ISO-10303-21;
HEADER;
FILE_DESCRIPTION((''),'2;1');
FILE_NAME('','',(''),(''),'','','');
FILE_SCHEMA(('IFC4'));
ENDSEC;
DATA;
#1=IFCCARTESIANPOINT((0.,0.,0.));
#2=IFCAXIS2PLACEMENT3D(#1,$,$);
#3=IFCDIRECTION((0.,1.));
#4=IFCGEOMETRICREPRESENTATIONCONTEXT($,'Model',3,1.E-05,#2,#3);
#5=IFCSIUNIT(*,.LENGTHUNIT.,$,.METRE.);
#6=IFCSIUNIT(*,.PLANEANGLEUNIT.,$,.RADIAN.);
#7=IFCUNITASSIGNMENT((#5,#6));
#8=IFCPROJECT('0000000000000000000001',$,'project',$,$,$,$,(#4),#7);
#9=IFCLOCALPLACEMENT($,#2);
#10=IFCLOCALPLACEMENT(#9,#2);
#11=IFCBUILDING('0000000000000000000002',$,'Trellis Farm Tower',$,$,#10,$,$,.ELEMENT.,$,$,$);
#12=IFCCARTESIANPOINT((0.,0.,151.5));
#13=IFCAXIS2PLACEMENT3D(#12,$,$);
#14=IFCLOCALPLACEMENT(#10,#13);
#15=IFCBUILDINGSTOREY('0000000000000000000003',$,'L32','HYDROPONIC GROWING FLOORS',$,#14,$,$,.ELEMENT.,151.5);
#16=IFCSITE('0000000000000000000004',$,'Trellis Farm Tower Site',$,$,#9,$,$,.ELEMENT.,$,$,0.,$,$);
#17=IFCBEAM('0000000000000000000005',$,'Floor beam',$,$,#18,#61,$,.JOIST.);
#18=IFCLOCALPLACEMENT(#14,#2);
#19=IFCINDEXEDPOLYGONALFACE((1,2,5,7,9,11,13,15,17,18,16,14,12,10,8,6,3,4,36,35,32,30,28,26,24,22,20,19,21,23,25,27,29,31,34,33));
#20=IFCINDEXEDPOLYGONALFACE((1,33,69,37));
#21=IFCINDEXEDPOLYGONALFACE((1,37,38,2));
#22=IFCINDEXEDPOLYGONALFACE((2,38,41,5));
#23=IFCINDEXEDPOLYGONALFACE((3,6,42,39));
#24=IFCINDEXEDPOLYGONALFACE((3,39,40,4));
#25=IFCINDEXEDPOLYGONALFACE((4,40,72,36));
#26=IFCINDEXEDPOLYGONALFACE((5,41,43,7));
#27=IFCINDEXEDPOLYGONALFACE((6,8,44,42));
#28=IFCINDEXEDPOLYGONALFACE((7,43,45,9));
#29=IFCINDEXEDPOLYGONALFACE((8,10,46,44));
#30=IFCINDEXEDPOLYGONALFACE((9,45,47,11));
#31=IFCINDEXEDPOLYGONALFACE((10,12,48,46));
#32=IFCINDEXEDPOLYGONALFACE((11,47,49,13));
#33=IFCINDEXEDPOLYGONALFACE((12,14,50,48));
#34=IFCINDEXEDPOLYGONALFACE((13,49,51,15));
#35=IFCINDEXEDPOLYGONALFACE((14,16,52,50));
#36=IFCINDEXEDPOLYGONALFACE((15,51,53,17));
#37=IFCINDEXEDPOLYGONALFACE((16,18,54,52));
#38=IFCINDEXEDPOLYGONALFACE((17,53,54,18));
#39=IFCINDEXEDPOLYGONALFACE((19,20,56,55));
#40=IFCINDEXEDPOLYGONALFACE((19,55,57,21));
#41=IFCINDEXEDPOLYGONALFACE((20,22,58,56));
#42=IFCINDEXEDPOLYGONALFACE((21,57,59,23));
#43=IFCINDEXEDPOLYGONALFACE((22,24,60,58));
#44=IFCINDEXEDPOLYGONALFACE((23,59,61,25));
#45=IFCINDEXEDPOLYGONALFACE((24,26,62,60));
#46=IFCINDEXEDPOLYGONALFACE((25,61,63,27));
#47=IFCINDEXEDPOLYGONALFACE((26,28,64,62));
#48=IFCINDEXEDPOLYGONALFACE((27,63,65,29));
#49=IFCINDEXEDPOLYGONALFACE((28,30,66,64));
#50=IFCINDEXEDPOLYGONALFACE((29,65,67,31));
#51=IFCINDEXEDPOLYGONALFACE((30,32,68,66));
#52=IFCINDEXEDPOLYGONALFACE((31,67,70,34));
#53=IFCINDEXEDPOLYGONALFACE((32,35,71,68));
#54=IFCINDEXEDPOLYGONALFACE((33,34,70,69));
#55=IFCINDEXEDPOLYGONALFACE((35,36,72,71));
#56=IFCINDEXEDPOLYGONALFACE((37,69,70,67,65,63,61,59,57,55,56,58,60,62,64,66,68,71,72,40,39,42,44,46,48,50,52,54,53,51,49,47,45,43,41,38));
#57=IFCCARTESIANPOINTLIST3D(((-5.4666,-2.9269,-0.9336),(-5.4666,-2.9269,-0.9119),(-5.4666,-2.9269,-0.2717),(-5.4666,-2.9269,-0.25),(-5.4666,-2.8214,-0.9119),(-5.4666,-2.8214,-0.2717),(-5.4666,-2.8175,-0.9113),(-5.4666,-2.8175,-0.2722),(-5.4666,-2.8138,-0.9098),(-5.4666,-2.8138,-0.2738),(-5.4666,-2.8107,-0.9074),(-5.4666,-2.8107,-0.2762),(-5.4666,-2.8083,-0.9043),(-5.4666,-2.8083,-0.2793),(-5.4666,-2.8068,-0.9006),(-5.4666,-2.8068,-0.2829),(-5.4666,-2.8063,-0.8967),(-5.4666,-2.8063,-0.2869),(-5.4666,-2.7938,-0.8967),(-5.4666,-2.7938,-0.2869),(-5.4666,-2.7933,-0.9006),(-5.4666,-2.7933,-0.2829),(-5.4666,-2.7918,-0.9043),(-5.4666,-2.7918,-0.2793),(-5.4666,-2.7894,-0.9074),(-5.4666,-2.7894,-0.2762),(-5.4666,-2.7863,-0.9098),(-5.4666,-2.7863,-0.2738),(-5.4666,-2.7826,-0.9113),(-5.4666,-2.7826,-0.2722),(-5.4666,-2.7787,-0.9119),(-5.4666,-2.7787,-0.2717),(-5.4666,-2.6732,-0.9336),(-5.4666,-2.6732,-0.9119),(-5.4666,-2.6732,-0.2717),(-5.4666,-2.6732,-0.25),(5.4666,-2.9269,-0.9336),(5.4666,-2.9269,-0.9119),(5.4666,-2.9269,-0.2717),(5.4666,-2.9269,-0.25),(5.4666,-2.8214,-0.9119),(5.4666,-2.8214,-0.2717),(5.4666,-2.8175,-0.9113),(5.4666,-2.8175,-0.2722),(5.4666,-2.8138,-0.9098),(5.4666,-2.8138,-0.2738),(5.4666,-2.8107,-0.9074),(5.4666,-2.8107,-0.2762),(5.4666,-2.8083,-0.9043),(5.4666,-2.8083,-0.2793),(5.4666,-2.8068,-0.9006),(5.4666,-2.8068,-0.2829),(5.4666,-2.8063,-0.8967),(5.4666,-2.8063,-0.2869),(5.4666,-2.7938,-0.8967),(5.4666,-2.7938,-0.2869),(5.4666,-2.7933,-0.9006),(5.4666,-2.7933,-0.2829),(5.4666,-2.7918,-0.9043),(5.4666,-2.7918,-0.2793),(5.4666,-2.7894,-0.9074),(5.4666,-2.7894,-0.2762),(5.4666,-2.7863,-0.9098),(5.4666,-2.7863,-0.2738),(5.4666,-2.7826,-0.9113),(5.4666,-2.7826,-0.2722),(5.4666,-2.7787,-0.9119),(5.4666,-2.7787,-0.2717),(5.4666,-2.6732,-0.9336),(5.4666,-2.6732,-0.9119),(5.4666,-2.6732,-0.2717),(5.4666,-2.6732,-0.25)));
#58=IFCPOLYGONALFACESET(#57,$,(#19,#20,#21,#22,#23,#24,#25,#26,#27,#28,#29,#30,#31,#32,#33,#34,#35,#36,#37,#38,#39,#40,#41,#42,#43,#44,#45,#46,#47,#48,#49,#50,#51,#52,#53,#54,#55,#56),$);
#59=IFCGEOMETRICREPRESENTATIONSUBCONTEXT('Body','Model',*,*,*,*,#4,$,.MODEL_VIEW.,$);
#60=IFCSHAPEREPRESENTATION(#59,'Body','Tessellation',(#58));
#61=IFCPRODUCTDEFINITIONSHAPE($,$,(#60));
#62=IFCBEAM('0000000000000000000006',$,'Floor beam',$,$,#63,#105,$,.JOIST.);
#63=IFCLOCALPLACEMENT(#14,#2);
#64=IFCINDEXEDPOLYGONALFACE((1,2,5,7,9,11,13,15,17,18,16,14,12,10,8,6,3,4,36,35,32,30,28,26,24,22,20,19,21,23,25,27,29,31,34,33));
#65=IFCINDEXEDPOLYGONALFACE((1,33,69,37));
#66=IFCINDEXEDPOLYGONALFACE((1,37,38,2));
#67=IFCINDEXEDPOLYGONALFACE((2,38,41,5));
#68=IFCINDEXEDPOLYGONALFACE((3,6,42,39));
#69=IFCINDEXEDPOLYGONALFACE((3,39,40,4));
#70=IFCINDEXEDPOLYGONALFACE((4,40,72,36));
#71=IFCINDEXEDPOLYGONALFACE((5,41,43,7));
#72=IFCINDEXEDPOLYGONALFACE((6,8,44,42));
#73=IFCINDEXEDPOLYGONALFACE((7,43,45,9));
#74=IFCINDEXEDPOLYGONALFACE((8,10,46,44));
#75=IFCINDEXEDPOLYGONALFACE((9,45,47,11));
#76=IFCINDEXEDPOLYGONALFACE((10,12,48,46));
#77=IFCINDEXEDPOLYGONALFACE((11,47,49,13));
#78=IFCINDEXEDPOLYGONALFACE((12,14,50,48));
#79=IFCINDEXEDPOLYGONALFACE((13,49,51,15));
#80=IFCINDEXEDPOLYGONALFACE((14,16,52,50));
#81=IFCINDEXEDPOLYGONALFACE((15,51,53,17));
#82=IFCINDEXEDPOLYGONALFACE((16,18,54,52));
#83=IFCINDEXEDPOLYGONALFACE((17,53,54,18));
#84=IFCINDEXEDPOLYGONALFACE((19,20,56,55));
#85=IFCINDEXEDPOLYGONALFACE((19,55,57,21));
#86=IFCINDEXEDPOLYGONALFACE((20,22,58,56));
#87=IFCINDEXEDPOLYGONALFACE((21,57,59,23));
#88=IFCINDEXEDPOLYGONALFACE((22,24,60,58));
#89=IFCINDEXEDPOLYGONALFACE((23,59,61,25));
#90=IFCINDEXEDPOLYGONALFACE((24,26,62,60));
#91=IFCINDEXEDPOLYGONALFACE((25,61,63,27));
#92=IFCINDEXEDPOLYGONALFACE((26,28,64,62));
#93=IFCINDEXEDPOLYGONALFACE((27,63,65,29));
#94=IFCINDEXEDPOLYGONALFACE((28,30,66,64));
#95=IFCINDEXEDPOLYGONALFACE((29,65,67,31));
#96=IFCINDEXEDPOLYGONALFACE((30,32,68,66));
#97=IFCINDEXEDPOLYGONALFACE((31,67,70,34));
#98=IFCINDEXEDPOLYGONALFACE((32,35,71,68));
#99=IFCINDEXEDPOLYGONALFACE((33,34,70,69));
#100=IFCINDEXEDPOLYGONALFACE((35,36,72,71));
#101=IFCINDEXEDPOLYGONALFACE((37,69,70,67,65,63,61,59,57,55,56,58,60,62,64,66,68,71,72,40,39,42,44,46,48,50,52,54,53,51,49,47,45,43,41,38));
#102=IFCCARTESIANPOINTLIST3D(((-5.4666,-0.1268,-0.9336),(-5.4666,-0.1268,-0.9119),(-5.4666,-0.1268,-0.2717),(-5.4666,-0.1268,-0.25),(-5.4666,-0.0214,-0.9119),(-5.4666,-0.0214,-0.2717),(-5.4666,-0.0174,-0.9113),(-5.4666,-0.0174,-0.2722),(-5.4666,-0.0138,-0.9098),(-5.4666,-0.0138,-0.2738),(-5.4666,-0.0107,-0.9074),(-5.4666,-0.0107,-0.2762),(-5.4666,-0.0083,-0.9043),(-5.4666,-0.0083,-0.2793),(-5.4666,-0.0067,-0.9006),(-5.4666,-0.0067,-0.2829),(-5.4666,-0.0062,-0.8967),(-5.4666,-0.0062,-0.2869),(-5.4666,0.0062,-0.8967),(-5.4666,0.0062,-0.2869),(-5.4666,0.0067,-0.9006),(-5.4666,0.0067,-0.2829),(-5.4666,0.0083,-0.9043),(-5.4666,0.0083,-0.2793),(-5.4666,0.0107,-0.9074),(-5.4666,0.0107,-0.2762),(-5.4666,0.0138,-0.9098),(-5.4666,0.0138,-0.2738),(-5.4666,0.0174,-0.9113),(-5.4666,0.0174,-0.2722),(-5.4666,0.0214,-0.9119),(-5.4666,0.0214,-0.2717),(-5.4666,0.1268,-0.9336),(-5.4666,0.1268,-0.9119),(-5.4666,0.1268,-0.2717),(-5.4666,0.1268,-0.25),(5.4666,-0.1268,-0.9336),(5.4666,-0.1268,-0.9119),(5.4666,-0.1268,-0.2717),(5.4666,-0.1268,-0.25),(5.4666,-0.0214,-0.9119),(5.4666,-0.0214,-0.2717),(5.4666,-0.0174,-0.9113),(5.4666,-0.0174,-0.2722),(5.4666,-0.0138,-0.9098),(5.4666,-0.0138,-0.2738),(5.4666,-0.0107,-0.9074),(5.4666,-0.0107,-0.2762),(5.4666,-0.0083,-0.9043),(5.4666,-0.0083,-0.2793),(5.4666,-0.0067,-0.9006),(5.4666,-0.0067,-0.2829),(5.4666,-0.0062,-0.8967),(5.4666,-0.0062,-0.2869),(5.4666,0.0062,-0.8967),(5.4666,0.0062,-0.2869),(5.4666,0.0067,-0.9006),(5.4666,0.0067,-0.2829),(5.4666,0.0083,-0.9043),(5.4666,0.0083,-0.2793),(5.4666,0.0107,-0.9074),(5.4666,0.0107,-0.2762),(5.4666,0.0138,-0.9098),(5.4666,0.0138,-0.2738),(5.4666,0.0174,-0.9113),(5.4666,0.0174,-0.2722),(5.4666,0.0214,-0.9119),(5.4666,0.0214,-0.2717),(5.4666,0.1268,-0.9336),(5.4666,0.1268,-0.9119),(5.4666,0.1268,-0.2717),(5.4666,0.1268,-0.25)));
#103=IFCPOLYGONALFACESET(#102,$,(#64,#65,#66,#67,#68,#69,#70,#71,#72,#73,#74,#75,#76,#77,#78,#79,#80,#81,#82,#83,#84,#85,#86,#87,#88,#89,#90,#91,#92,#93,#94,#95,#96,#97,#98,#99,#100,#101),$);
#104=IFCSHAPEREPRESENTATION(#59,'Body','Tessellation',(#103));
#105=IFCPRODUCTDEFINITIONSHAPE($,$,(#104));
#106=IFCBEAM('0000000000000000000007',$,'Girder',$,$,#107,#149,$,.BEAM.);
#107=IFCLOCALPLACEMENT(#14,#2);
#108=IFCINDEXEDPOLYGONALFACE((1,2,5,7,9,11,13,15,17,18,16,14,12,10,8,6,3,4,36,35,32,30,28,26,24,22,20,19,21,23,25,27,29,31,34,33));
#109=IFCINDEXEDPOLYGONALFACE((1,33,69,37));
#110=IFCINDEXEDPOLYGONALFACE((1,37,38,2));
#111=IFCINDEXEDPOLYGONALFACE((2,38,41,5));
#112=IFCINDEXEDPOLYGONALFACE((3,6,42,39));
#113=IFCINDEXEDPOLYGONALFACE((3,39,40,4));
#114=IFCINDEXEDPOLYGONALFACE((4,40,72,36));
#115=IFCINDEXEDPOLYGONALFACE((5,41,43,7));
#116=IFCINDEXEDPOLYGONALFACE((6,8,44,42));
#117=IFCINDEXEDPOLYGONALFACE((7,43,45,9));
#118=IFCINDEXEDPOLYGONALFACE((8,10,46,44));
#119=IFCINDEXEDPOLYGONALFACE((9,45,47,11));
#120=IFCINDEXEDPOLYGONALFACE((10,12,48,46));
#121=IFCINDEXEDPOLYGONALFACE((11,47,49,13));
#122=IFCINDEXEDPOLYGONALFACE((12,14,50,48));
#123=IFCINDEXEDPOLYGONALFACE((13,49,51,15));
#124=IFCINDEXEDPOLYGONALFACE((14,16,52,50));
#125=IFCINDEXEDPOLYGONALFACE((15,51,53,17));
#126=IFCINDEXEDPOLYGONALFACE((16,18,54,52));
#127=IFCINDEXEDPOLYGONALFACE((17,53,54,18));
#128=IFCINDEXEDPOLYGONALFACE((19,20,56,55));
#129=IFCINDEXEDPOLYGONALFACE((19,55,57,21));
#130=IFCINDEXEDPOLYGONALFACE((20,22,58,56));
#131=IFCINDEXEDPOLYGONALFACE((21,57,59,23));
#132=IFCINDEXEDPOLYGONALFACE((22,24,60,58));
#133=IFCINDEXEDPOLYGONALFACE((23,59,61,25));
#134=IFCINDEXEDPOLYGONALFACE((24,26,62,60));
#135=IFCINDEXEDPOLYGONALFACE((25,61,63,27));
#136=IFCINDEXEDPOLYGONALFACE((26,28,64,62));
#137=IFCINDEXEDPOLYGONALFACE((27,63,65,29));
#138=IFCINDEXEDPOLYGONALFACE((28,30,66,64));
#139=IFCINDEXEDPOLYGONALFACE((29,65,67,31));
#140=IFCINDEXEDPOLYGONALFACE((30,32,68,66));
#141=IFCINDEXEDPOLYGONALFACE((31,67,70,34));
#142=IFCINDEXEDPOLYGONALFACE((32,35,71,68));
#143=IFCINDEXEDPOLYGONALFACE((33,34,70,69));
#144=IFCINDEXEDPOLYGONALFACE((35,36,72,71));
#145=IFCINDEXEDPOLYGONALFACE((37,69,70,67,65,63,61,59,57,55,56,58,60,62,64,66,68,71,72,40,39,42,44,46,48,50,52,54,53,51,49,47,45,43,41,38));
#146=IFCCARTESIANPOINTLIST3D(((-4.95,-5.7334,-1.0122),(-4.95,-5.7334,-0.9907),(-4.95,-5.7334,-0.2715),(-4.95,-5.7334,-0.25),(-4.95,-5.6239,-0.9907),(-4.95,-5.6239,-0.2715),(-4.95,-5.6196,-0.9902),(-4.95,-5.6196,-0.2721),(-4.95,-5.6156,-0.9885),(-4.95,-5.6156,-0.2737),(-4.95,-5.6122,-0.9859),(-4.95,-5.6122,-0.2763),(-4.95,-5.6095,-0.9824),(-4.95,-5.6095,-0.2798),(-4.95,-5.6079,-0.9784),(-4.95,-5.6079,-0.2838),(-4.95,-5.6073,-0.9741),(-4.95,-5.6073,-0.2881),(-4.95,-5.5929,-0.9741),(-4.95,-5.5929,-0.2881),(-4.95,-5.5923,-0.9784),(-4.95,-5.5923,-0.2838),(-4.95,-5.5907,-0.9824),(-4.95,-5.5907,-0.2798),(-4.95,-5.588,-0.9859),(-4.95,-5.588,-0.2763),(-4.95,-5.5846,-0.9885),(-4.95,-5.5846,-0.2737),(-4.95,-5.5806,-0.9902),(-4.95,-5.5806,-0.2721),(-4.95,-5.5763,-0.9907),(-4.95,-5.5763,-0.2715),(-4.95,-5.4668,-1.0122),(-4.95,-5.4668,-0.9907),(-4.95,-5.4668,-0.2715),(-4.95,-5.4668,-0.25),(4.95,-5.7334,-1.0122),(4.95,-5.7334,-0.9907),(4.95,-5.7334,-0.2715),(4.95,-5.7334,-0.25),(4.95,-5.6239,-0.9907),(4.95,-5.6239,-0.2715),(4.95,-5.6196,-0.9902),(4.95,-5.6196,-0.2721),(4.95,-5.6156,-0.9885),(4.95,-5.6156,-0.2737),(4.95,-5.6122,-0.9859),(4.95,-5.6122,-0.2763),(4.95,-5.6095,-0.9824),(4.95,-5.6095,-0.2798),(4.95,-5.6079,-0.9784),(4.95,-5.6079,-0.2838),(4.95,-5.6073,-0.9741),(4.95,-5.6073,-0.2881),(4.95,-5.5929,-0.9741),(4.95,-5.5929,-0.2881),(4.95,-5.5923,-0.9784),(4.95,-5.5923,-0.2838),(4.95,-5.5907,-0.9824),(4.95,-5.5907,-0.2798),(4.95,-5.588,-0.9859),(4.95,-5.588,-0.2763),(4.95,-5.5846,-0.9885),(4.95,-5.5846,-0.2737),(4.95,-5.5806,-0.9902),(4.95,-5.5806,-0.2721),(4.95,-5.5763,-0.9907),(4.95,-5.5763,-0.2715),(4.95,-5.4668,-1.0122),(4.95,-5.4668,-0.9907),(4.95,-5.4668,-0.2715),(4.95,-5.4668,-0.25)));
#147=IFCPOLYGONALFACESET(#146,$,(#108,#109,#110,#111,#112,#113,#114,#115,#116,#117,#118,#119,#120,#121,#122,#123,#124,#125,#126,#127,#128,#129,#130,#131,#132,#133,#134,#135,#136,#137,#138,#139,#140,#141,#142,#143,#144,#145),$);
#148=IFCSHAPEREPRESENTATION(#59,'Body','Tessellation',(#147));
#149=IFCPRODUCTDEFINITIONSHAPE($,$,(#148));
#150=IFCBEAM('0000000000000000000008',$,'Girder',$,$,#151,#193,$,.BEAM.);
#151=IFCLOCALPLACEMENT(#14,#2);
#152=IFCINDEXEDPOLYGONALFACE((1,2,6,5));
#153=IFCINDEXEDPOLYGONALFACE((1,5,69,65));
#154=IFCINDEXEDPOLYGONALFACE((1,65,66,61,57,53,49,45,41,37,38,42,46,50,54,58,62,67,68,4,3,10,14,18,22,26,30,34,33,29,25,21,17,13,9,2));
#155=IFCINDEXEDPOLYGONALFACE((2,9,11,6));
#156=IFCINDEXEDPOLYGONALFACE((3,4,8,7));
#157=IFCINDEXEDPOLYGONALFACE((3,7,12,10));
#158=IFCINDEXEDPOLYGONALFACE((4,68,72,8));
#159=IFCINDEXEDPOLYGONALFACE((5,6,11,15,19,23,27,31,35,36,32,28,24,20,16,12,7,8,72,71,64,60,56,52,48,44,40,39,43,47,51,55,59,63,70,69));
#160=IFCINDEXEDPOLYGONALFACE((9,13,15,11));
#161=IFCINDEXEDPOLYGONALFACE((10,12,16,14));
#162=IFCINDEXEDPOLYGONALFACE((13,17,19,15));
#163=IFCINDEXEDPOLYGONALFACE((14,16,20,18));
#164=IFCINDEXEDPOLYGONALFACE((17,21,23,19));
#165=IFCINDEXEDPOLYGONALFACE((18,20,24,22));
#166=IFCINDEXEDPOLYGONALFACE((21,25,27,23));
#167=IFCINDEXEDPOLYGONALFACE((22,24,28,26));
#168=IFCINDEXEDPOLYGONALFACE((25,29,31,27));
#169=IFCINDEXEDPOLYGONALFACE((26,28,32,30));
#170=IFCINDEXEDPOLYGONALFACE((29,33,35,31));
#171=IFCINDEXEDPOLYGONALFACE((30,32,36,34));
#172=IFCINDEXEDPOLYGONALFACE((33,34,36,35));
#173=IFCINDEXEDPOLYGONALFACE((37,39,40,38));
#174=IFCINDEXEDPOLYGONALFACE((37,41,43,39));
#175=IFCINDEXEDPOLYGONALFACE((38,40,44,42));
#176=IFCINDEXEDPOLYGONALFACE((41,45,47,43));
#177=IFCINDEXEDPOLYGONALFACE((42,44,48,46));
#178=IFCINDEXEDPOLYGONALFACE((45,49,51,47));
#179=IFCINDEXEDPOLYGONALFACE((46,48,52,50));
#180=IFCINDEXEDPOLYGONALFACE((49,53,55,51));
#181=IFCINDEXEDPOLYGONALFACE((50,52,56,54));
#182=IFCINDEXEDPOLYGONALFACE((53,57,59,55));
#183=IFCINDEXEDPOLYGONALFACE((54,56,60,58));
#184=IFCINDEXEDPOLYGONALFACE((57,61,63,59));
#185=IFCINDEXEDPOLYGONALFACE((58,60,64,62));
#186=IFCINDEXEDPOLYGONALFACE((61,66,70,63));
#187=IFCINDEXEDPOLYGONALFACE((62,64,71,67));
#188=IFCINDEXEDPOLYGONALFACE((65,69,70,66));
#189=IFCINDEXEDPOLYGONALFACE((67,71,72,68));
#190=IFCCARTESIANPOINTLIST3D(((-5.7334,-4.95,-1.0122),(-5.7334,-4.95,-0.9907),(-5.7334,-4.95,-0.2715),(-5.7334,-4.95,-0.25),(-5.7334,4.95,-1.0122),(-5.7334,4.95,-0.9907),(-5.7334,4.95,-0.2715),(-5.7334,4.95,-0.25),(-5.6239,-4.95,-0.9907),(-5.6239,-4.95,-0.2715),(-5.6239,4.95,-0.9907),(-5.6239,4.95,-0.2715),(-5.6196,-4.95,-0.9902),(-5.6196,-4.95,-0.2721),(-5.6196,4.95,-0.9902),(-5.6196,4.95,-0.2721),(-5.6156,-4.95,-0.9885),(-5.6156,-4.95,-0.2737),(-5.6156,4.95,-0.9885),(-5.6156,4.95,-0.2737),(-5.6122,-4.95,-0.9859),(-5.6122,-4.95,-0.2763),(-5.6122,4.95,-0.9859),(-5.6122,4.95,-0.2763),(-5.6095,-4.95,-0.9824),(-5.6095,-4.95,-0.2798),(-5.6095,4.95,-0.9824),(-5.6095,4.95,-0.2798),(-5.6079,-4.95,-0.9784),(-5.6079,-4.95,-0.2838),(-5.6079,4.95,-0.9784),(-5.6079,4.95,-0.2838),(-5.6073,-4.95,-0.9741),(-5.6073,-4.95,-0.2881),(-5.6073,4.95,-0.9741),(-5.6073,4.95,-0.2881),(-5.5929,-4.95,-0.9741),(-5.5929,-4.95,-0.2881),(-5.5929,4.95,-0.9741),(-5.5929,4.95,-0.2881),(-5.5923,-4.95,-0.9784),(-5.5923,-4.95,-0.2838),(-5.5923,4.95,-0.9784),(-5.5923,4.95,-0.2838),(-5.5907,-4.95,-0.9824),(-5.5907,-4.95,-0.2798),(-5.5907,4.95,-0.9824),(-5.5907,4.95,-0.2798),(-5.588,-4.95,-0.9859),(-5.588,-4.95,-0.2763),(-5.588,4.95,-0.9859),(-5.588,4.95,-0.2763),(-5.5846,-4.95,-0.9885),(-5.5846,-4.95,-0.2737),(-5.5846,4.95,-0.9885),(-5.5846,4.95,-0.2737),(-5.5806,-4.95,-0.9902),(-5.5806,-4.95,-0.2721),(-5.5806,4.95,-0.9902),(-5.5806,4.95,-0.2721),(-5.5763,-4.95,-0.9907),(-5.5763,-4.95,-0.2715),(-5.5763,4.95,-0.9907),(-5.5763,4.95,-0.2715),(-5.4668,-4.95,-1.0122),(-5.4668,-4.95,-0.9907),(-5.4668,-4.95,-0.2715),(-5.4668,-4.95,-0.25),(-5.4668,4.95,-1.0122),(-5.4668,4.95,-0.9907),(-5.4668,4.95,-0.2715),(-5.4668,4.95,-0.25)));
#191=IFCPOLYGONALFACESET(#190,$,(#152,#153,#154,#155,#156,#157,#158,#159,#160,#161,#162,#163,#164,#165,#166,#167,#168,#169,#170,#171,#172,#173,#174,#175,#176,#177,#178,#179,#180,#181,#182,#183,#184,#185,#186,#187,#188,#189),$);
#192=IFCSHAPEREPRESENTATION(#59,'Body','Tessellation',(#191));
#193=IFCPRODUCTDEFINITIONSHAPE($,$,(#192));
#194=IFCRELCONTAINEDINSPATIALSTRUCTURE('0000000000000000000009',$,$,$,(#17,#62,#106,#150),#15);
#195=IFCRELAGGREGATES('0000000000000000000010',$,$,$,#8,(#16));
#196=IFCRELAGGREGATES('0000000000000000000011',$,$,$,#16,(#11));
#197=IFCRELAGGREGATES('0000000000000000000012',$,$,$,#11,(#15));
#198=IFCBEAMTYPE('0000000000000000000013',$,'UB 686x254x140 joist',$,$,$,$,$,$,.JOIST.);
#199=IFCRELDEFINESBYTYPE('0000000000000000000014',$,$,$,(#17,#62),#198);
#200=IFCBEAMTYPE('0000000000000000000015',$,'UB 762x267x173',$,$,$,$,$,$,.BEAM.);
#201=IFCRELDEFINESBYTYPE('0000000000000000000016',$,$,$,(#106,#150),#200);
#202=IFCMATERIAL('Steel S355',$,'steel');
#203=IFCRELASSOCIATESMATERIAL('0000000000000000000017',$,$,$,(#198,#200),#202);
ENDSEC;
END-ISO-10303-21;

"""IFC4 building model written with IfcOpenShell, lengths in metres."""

from ifc_helpers import new_model, si_unit, direction, frame, origin, origin_2d, place, context, subcontext, project, spatial, i_section, extrude, source, transform, mapped, material, material_profile, profile_set, type_object, element, save


model = new_model("IFC4")

# Units and contexts
model_context = context("Model", 3, precision=1e-05, world=origin(), true_north=direction((0.0, 1.0)))
body_context = subcontext(model_context, "Body", "Model", "MODEL_VIEW")
ifc_project = project(units=[si_unit("LENGTHUNIT", "METRE"), si_unit("PLANEANGLEUNIT", "RADIAN")], contexts=[model_context])

# Site, building, storey
site_placement = place(None, origin())
site = spatial("IfcSite", under=ifc_project, at=site_placement, Name="Trellis Farm Tower Site", CompositionType="ELEMENT", RefElevation=0.0)
building_placement = place(site_placement, origin())
building = spatial("IfcBuilding", under=site, at=building_placement, Name="Trellis Farm Tower", CompositionType="ELEMENT")
storey_placement = place(building_placement, frame((0.0, 0.0, 151.5)))
storey = spatial("IfcBuildingStorey", under=building, at=storey_placement, Name="L32", Description="HYDROPONIC GROWING FLOORS", CompositionType="ELEMENT", Elevation=151.5)

# Beams
ifc_material_1 = material(Name="Steel S355", Category="steel")
ifc_material_profile_1 = material_profile(ifc_material_1, i_section(OverallWidth=0.2537, OverallDepth=0.6836, WebThickness=0.0125, FlangeThickness=0.0217, FilletRadius=0.0151, at=origin_2d()), Name="UB 686x254x140")
ifc_profile_set_1 = profile_set([ifc_material_profile_1], Name="Steel S355")
beam_type_1 = type_object("IfcBeamType", Name="UB 686x254x140 joist", PredefinedType="JOIST", material=ifc_profile_set_1)
shared_shape_1 = source(origin(), body_context, "Body", "SweptSolid", [
    extrude(i_section(OverallWidth=0.2537, OverallDepth=0.6836, WebThickness=0.0125, FlangeThickness=0.0217, FilletRadius=0.0151, at=origin_2d()), origin(), (0.0, 0.0, 1.0), 10.9331),
])
for number, where, z_axis, x_axis, name in (
    (1, (-5.4666, -2.8, -0.5918), (1.0, 0.0, 0.0), (0.0, 1.0, 0.0), "Floor beam"),
    (2, (-5.4666, 0.0, -0.5918), (1.0, 0.0, 0.0), (0.0, 1.0, 0.0), "Floor beam"),
):
    element("IfcBeam", number, at=place(storey_placement, frame(where, z_axis=z_axis, x_axis=x_axis)), inside=storey, type_object=beam_type_1, Name=name, PredefinedType="JOIST", context=body_context, shape_type="MappedRepresentation", body=[
        mapped(shared_shape_1, transform((0.0, 0.0, 0.0))),
    ])
ifc_material_profile_2 = material_profile(ifc_material_1, i_section(OverallWidth=0.2666, OverallDepth=0.7622, WebThickness=0.0144, FlangeThickness=0.0215, FilletRadius=0.0166, at=origin_2d()), Name="UB 762x267x173")
ifc_profile_set_2 = profile_set([ifc_material_profile_2], Name="Steel S355")
beam_type_2 = type_object("IfcBeamType", Name="UB 762x267x173", PredefinedType="BEAM", material=ifc_profile_set_2)
shared_shape_2 = source(origin(), body_context, "Body", "SweptSolid", [
    extrude(i_section(OverallWidth=0.2666, OverallDepth=0.7622, WebThickness=0.0144, FlangeThickness=0.0215, FilletRadius=0.0166, at=origin_2d()), origin(), (0.0, 0.0, 1.0), 9.8999),
])
for number, where, z_axis, x_axis, name in (
    (3, (-4.95, -5.6001, -0.6311), (1.0, 0.0, 0.0), (0.0, 1.0, 0.0), "Girder"),
    (4, (-5.6001, -4.95, -0.6311), (0.0, 1.0, 0.0), (-1.0, 0.0, 0.0), "Girder"),
):
    element("IfcBeam", number, at=place(storey_placement, frame(where, z_axis=z_axis, x_axis=x_axis)), inside=storey, type_object=beam_type_2, Name=name, PredefinedType="BEAM", context=body_context, shape_type="MappedRepresentation", body=[
        mapped(shared_shape_2, transform((0.0, 0.0, 0.0))),
    ])

save(model, "model.ifc")
